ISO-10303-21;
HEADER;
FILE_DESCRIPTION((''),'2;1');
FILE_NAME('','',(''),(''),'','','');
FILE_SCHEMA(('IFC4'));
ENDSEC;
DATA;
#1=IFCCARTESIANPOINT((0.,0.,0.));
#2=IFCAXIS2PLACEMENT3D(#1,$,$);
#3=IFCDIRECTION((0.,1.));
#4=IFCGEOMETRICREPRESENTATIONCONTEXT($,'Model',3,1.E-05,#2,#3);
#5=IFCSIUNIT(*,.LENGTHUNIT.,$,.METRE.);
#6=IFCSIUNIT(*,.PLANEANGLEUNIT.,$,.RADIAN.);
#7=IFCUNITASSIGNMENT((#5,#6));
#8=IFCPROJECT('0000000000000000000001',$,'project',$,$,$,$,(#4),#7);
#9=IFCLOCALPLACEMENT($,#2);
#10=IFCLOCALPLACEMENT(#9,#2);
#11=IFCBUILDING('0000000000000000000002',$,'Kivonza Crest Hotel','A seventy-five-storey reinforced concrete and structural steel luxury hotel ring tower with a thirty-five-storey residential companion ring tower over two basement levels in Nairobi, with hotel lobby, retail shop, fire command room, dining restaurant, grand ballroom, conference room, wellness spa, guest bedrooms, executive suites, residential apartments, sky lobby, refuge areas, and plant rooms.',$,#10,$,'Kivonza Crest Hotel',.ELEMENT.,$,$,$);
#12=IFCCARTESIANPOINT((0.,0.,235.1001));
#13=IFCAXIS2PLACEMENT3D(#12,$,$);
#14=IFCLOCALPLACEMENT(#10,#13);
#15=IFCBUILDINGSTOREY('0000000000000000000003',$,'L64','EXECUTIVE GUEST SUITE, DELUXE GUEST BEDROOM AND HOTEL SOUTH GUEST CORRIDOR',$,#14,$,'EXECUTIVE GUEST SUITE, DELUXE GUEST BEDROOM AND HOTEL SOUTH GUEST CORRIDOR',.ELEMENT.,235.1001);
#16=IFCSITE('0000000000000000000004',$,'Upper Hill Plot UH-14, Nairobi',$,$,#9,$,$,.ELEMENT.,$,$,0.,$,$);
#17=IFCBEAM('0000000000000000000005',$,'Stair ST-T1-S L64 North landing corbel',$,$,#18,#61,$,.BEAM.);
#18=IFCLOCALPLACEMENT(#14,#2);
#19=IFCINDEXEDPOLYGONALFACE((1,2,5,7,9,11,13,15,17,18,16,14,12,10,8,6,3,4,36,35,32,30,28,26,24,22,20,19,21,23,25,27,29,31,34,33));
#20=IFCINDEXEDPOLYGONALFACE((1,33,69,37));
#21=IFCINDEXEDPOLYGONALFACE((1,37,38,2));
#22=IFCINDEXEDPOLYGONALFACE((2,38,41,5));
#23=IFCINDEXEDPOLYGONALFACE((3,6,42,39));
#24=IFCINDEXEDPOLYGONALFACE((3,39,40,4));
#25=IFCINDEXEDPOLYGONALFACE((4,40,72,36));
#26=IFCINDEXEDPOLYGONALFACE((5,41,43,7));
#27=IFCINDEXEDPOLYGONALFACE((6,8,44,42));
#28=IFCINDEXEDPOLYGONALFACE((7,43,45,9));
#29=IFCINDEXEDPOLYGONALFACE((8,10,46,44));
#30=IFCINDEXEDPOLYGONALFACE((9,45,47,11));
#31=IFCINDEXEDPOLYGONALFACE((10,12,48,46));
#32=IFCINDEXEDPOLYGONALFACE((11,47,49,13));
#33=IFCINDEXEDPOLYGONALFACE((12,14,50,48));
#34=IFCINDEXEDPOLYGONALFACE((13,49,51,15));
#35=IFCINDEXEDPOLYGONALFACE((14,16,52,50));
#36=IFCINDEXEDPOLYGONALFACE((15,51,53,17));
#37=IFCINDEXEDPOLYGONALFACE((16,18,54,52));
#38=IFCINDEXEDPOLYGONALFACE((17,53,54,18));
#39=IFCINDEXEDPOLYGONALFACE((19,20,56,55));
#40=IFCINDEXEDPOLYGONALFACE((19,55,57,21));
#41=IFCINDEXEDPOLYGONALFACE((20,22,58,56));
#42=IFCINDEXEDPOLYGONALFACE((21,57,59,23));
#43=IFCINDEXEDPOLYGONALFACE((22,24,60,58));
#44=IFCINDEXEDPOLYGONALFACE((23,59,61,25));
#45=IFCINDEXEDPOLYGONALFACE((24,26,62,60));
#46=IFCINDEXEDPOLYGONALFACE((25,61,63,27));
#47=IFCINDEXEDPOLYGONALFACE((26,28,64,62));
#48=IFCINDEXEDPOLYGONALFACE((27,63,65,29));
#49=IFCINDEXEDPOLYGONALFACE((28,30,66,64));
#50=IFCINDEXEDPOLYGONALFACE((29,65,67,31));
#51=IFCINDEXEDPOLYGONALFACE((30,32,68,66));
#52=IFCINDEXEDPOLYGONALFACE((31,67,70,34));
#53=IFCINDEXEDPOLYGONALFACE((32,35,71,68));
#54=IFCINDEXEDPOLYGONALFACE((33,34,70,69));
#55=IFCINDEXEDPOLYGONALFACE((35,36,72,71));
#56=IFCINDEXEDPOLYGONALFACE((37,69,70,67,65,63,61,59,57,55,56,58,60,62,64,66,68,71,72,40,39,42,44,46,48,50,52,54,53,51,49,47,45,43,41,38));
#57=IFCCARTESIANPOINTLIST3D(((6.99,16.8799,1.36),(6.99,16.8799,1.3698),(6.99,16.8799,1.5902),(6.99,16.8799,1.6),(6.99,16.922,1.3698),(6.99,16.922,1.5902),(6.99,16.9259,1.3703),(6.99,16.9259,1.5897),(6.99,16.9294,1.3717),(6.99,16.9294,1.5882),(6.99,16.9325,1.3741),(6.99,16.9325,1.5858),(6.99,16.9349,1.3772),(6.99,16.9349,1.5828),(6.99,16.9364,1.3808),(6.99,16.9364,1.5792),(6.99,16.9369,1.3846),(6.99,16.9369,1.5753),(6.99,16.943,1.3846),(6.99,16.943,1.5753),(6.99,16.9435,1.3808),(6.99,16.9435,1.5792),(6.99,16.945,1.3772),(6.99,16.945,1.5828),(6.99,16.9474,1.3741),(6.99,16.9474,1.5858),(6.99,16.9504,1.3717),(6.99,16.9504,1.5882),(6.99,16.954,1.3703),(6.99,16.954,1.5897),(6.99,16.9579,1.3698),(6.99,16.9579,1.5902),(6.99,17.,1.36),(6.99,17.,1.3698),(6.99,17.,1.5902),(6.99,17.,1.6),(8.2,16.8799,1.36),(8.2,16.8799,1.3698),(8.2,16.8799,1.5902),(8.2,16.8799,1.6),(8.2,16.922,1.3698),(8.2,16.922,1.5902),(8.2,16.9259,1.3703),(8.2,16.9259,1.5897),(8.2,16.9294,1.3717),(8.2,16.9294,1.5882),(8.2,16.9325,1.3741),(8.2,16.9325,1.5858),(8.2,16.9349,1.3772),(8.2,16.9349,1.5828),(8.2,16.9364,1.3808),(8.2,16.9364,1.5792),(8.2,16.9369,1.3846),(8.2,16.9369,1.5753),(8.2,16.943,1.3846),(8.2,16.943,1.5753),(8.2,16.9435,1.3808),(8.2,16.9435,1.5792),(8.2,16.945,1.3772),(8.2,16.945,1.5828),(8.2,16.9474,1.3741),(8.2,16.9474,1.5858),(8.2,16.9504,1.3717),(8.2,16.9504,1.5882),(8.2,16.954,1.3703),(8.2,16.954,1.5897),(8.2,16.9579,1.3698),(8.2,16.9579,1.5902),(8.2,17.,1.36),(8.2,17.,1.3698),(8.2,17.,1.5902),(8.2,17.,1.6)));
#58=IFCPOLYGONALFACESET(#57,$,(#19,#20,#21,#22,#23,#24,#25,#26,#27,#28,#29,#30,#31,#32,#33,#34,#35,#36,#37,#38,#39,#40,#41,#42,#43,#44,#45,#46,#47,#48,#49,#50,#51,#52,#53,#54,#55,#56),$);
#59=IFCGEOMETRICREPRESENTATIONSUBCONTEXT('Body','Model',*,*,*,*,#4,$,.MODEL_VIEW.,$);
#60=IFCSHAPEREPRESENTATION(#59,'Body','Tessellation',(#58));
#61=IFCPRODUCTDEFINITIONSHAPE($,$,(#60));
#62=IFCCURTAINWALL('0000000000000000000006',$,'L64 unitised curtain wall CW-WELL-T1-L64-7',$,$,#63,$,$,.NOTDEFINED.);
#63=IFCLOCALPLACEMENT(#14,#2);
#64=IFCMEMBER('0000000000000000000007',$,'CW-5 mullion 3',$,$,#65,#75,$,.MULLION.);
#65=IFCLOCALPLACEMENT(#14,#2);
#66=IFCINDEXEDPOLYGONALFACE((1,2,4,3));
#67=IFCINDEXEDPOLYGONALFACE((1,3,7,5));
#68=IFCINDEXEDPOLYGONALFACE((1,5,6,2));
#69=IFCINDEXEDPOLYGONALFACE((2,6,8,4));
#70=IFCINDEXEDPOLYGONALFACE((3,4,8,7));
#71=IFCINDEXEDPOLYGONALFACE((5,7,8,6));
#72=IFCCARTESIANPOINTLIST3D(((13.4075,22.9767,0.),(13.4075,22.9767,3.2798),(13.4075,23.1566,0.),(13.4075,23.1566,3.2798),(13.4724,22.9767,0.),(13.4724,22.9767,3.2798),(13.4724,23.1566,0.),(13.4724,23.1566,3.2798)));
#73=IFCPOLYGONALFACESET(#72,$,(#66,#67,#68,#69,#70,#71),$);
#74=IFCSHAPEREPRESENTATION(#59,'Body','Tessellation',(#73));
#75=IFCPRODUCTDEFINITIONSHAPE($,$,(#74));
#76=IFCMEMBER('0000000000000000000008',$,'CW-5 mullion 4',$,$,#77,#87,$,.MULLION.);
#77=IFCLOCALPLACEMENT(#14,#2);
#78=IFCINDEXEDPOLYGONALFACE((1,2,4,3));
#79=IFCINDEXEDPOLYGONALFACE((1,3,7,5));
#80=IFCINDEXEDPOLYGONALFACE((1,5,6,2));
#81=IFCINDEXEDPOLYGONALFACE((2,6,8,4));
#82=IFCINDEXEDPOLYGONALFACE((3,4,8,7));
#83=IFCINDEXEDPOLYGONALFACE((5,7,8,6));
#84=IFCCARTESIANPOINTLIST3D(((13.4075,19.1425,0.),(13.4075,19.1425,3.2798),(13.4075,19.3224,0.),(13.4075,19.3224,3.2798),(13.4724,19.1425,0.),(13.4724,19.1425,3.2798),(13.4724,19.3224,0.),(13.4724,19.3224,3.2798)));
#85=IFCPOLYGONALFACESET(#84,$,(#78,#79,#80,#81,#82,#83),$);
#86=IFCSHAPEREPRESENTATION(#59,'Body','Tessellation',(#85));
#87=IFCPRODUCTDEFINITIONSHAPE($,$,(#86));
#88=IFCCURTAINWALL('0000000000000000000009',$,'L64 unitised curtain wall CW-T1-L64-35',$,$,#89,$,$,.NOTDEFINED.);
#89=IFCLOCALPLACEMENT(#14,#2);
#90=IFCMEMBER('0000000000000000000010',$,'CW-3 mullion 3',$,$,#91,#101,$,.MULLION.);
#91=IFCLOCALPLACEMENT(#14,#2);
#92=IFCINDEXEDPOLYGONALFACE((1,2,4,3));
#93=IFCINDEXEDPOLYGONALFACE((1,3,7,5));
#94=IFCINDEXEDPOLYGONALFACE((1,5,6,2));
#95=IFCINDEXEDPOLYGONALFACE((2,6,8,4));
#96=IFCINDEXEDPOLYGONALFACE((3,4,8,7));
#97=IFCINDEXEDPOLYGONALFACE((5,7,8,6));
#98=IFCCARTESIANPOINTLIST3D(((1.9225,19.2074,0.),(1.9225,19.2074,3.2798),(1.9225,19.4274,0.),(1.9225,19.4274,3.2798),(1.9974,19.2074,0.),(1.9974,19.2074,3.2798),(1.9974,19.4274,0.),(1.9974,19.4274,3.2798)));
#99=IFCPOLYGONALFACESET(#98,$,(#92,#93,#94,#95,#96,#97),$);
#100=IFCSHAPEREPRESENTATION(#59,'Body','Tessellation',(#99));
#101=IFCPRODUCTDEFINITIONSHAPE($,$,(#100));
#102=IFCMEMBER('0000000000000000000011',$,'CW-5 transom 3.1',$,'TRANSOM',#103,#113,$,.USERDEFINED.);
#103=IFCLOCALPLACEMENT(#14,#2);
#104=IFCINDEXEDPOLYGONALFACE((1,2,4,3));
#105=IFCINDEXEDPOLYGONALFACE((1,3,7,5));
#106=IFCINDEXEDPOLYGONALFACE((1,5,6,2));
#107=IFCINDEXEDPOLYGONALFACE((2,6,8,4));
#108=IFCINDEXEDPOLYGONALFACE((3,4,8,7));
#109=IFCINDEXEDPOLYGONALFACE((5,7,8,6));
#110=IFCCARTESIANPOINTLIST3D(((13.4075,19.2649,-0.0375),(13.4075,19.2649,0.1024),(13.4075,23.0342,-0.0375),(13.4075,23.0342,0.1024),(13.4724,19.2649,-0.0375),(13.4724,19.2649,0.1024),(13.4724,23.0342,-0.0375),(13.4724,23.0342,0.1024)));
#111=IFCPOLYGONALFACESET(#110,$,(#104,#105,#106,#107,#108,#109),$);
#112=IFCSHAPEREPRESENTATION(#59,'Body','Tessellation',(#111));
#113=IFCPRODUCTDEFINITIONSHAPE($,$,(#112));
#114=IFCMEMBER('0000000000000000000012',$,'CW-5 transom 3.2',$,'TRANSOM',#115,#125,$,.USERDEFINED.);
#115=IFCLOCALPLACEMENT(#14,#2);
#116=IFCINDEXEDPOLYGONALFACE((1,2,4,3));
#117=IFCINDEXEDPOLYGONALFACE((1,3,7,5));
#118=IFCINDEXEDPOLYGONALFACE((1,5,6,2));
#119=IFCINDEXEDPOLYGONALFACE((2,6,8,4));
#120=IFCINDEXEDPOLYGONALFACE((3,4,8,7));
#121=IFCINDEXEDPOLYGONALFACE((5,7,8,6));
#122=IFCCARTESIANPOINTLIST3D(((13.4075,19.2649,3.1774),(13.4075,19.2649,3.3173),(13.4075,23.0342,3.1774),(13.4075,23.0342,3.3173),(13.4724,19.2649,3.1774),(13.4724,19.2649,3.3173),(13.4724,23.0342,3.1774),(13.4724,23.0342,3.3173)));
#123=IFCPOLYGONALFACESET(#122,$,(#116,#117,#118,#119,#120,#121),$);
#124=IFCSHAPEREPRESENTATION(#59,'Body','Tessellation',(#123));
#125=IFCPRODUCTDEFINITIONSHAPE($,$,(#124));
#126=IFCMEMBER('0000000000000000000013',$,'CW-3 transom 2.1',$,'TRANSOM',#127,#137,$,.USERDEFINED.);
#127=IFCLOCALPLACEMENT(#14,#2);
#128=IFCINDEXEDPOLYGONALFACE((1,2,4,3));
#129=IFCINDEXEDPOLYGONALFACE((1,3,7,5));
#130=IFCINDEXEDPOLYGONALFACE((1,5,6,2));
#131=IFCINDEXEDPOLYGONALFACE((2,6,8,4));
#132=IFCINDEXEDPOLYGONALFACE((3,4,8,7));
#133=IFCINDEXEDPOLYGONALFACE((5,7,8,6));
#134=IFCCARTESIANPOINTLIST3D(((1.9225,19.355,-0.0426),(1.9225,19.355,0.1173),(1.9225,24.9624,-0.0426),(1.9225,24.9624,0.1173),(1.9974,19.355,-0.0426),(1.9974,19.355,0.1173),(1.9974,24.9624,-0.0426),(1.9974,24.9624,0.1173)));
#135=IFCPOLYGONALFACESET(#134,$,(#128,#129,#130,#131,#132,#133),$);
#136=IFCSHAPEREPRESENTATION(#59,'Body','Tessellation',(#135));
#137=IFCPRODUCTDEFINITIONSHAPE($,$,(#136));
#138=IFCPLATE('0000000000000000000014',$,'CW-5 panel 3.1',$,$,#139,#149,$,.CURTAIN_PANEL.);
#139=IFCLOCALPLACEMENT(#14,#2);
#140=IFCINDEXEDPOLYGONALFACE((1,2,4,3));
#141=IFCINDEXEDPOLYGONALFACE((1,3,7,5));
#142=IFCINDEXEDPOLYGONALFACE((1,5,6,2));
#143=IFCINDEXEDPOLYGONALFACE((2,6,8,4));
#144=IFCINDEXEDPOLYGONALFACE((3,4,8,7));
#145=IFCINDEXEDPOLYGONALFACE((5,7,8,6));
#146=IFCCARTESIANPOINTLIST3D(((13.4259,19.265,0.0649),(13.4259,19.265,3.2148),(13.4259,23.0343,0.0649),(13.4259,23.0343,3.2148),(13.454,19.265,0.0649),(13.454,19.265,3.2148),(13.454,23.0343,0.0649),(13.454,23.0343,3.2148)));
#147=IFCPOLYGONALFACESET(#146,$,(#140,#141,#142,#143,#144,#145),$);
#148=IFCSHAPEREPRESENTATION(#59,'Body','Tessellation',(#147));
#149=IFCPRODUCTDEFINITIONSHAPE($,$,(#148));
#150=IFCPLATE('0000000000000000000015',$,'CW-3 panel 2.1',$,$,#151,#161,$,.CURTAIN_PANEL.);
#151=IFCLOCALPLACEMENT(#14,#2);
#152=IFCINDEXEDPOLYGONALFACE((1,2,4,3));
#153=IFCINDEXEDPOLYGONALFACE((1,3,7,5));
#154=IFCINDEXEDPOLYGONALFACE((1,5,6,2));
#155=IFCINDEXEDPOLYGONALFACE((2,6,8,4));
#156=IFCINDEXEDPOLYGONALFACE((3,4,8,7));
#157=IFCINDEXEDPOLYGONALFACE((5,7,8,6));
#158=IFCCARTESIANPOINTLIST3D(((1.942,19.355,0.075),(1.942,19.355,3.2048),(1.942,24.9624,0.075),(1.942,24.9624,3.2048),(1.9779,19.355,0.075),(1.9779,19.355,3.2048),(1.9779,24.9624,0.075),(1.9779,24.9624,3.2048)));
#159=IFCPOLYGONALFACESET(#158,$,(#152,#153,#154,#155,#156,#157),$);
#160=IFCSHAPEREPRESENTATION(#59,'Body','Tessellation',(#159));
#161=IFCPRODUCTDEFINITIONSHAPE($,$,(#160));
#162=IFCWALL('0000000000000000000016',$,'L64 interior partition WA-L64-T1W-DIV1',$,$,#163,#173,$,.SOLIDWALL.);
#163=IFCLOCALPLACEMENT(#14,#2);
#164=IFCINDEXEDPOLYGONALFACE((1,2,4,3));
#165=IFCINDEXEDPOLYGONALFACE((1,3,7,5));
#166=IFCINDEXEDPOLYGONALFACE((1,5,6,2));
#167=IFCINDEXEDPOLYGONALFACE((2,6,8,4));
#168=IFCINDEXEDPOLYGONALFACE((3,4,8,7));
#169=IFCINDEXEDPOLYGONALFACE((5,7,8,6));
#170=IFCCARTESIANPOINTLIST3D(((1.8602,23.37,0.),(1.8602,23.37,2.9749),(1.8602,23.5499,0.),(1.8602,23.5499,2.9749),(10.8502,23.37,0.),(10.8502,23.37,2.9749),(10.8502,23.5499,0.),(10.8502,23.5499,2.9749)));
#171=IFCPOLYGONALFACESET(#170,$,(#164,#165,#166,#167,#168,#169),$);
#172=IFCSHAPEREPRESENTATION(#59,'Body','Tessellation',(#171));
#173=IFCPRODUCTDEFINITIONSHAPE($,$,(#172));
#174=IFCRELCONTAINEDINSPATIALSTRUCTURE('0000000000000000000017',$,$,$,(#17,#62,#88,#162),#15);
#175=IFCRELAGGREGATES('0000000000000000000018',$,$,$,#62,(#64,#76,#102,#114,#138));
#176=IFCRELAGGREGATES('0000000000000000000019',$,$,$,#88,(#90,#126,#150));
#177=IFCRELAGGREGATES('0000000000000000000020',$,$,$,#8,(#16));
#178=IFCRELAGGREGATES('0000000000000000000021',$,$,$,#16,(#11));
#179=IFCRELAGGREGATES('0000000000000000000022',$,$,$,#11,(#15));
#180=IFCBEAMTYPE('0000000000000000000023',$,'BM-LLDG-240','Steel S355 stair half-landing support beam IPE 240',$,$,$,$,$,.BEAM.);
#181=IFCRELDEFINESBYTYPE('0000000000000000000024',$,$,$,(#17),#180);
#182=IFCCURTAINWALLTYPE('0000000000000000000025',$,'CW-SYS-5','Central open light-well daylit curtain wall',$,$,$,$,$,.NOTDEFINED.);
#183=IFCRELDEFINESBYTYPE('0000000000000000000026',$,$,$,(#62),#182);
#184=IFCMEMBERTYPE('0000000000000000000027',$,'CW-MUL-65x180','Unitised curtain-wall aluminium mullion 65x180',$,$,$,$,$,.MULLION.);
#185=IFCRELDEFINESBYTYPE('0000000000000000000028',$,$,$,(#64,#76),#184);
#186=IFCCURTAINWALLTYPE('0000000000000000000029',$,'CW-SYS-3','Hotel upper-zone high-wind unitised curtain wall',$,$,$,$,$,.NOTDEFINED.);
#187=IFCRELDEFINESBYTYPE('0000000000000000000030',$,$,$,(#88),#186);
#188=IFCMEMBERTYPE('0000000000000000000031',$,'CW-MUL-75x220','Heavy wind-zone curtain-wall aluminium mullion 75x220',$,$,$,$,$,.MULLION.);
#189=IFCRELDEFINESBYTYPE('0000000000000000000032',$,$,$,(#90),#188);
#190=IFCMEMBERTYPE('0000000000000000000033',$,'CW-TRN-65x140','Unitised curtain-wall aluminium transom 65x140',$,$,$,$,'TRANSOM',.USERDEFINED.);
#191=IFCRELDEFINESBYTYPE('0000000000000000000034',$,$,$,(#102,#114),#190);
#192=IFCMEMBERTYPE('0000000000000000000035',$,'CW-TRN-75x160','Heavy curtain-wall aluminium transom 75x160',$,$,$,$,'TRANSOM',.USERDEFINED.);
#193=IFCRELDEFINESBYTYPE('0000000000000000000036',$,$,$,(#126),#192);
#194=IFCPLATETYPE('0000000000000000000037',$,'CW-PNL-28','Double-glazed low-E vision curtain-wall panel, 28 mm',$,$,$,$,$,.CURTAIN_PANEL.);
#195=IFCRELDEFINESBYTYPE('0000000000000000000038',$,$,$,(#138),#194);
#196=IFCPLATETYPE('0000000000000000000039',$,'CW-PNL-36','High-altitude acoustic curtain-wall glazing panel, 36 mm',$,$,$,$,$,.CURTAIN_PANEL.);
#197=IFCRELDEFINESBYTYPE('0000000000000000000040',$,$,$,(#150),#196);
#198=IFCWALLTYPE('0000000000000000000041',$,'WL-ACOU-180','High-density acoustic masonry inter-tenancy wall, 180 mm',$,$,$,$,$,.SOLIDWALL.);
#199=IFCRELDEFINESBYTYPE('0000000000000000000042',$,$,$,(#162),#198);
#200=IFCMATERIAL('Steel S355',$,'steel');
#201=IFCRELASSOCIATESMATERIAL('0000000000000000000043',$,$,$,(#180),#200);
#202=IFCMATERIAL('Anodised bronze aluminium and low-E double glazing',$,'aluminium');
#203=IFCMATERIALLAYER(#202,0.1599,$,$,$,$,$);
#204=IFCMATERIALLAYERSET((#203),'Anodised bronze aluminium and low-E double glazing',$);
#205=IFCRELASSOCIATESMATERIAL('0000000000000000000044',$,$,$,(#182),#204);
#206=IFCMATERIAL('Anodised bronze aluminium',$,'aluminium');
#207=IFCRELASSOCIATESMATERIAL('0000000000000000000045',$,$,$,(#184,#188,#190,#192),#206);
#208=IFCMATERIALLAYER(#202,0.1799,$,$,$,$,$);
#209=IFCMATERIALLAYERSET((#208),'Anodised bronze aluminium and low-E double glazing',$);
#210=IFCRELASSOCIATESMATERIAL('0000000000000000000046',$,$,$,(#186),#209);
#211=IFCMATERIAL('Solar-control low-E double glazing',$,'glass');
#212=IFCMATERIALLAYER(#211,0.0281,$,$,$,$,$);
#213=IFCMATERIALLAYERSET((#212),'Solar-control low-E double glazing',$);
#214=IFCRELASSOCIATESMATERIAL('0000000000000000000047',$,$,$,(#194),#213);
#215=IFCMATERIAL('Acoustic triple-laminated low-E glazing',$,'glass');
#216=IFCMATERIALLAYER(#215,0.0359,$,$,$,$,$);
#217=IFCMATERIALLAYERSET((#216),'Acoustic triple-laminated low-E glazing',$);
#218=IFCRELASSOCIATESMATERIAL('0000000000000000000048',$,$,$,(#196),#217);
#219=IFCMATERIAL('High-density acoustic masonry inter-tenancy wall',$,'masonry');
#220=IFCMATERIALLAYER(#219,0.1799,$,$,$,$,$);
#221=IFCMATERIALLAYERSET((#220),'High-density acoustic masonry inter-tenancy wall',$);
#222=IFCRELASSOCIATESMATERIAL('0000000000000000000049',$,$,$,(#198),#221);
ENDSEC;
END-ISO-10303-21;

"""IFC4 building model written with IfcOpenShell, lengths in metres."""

from ifc_helpers import new_model, si_unit, direction, frame, frame_2d, origin, origin_2d, place, context, subcontext, project, spatial, rectangle, i_section, extrude, material, layer, layer_set, material_profile, profile_set, type_object, element, aggregate, save


model = new_model("IFC4")

# Units and contexts
model_context = context("Model", 3, precision=1e-05, world=origin(), true_north=direction((0.0, 1.0)))
body_context = subcontext(model_context, "Body", "Model", "MODEL_VIEW")
ifc_project = project(units=[si_unit("LENGTHUNIT", "METRE"), si_unit("PLANEANGLEUNIT", "RADIAN")], contexts=[model_context])

# Site, building, storey
site_placement = place(None, origin())
site = spatial("IfcSite", under=ifc_project, at=site_placement, Name="Upper Hill Plot UH-14, Nairobi", CompositionType="ELEMENT", RefElevation=0.0)
building_placement = place(site_placement, origin())
building = spatial("IfcBuilding", under=site, at=building_placement, Name="Kivonza Crest Hotel", Description="A seventy-five-storey reinforced concrete and structural steel luxury hotel ring tower with a thirty-five-storey residential companion ring tower over two basement levels in Nairobi, with hotel lobby, retail shop, fire command room, dining restaurant, grand ballroom, conference room, wellness spa, guest bedrooms, executive suites, residential apartments, sky lobby, refuge areas, and plant rooms.", LongName="Kivonza Crest Hotel", CompositionType="ELEMENT")
storey_placement = place(building_placement, frame((0.0, 0.0, 235.1001)))
storey = spatial("IfcBuildingStorey", under=building, at=storey_placement, Name="L64", Description="EXECUTIVE GUEST SUITE, DELUXE GUEST BEDROOM AND HOTEL SOUTH GUEST CORRIDOR", LongName="EXECUTIVE GUEST SUITE, DELUXE GUEST BEDROOM AND HOTEL SOUTH GUEST CORRIDOR", CompositionType="ELEMENT", Elevation=235.1001)

# Beam
ifc_material_1 = material(Name="Steel S355", Category="steel")
ifc_material_profile_1 = material_profile(ifc_material_1, i_section(OverallWidth=0.1201, OverallDepth=0.24, WebThickness=0.0061, FlangeThickness=0.0098, FilletRadius=0.0149, at=origin_2d()), Name="IPE 240")
ifc_profile_set_1 = profile_set([ifc_material_profile_1], Name="Steel S355")
beam_type_1 = type_object("IfcBeamType", Name="BM-LLDG-240", Description="Steel S355 stair half-landing support beam IPE 240", PredefinedType="BEAM", material=ifc_profile_set_1)
for number, where, z_axis, x_axis, name in (
    (1, (6.99, 16.9399, 1.48), (1.0, 0.0, 0.0), (0.0, 1.0, 0.0), "Stair ST-T1-S L64 North landing corbel"),
):
    element("IfcBeam", number, at=place(storey_placement, frame(where, z_axis=z_axis, x_axis=x_axis)), inside=storey, type_object=beam_type_1, Name=name, PredefinedType="BEAM", context=body_context, shape_type="SweptSolid", body=[
        extrude(i_section(OverallWidth=0.1201, OverallDepth=0.24, WebThickness=0.0061, FlangeThickness=0.0098, FilletRadius=0.0149, at=origin_2d()), origin(), (0.0, 0.0, 1.0), 1.21),
    ])

# Curtain wall, members
ifc_material_2 = material(Name="Anodised bronze aluminium and low-E double glazing", Category="aluminium")
ifc_layer_1 = layer(ifc_material_2, 0.1599)
ifc_layer_set_1 = layer_set([ifc_layer_1], Name="Anodised bronze aluminium and low-E double glazing")
curtain_wall_type_1 = type_object("IfcCurtainWallType", Name="CW-SYS-5", Description="Central open light-well daylit curtain wall", PredefinedType="NOTDEFINED", material=ifc_layer_set_1)
curtain_wall_1_placement = place(storey_placement, origin())
curtain_wall_1 = element("IfcCurtainWall", 2, at=curtain_wall_1_placement, inside=storey, type_object=curtain_wall_type_1, Name="L64 unitised curtain wall CW-WELL-T1-L64-7", PredefinedType="NOTDEFINED")
ifc_material_3 = material(Name="Anodised bronze aluminium", Category="aluminium")
ifc_material_profile_2 = material_profile(ifc_material_3, rectangle(XDim=0.0649, YDim=0.1799, at=origin_2d()), Name="CW-M 65x180")
ifc_profile_set_2 = profile_set([ifc_material_profile_2], Name="Anodised bronze aluminium")
member_type_1 = type_object("IfcMemberType", Name="CW-MUL-65x180", Description="Unitised curtain-wall aluminium mullion 65x180", PredefinedType="MULLION", material=ifc_profile_set_2)
member_1_placement = place(storey_placement, frame((13.4399, 23.0667, 0.0), z_axis=(0.0, 0.0, 1.0), x_axis=(1.0, 0.0, 0.0)))
member_1 = element("IfcMember", 3, at=member_1_placement, type_object=member_type_1, Name="CW-5 mullion 3", PredefinedType="MULLION", context=body_context, shape_type="SweptSolid", body=[
    extrude(rectangle(XDim=0.0649, YDim=0.1799, at=origin_2d()), origin(), (0.0, 0.0, 1.0), 3.2798),
])
member_2_placement = place(storey_placement, frame((13.4399, 19.2324, 0.0), z_axis=(0.0, 0.0, 1.0), x_axis=(1.0, 0.0, 0.0)))
member_2 = element("IfcMember", 4, at=member_2_placement, type_object=member_type_1, Name="CW-5 mullion 4", PredefinedType="MULLION", context=body_context, shape_type="SweptSolid", body=[
    extrude(rectangle(XDim=0.0649, YDim=0.1799, at=origin_2d()), origin(), (0.0, 0.0, 1.0), 3.2798),
])

# Curtain wall, member
ifc_layer_2 = layer(ifc_material_2, 0.1799)
ifc_layer_set_2 = layer_set([ifc_layer_2], Name="Anodised bronze aluminium and low-E double glazing")
curtain_wall_type_2 = type_object("IfcCurtainWallType", Name="CW-SYS-3", Description="Hotel upper-zone high-wind unitised curtain wall", PredefinedType="NOTDEFINED", material=ifc_layer_set_2)
curtain_wall_2_placement = place(storey_placement, origin())
curtain_wall_2 = element("IfcCurtainWall", 5, at=curtain_wall_2_placement, inside=storey, type_object=curtain_wall_type_2, Name="L64 unitised curtain wall CW-T1-L64-35", PredefinedType="NOTDEFINED")
ifc_material_profile_3 = material_profile(ifc_material_3, rectangle(XDim=0.075, YDim=0.22, at=origin_2d()), Name="CW-M 75x220")
ifc_profile_set_3 = profile_set([ifc_material_profile_3], Name="Anodised bronze aluminium")
member_type_2 = type_object("IfcMemberType", Name="CW-MUL-75x220", Description="Heavy wind-zone curtain-wall aluminium mullion 75x220", PredefinedType="MULLION", material=ifc_profile_set_3)
member_3_placement = place(storey_placement, frame((1.96, 19.3174, 0.0), z_axis=(0.0, 0.0, 1.0), x_axis=(1.0, 0.0, 0.0)))
member_3 = element("IfcMember", 6, at=member_3_placement, type_object=member_type_2, Name="CW-3 mullion 3", PredefinedType="MULLION", context=body_context, shape_type="SweptSolid", body=[
    extrude(rectangle(XDim=0.075, YDim=0.22, at=origin_2d()), origin(), (0.0, 0.0, 1.0), 3.2798),
])

# Members
ifc_material_profile_4 = material_profile(ifc_material_3, rectangle(XDim=0.0649, YDim=0.1399, at=origin_2d()), Name="CW-T 65x140")
ifc_profile_set_4 = profile_set([ifc_material_profile_4], Name="Anodised bronze aluminium")
member_type_3 = type_object("IfcMemberType", Name="CW-TRN-65x140", Description="Unitised curtain-wall aluminium transom 65x140", ElementType="TRANSOM", PredefinedType="USERDEFINED", material=ifc_profile_set_4)
member_4_placement = place(storey_placement, frame((13.4399, 23.0342, 0.0325), z_axis=(0.0, -1.0, 0.0), x_axis=(1.0, 0.0, 0.0)))
member_4 = element("IfcMember", 7, at=member_4_placement, type_object=member_type_3, Name="CW-5 transom 3.1", ObjectType="TRANSOM", PredefinedType="USERDEFINED", context=body_context, shape_type="SweptSolid", body=[
    extrude(rectangle(XDim=0.0649, YDim=0.1399, at=origin_2d()), origin(), (0.0, 0.0, 1.0), 3.7693),
])
member_5_placement = place(storey_placement, frame((13.4399, 23.0342, 3.2473), z_axis=(0.0, -1.0, 0.0), x_axis=(1.0, 0.0, 0.0)))
member_5 = element("IfcMember", 8, at=member_5_placement, type_object=member_type_3, Name="CW-5 transom 3.2", ObjectType="TRANSOM", PredefinedType="USERDEFINED", context=body_context, shape_type="SweptSolid", body=[
    extrude(rectangle(XDim=0.0649, YDim=0.1399, at=origin_2d()), origin(), (0.0, 0.0, 1.0), 3.7693),
])
ifc_material_profile_5 = material_profile(ifc_material_3, rectangle(XDim=0.075, YDim=0.1599, at=origin_2d()), Name="CW-T 75x160")
ifc_profile_set_5 = profile_set([ifc_material_profile_5], Name="Anodised bronze aluminium")
member_type_4 = type_object("IfcMemberType", Name="CW-TRN-75x160", Description="Heavy curtain-wall aluminium transom 75x160", ElementType="TRANSOM", PredefinedType="USERDEFINED", material=ifc_profile_set_5)
member_6_placement = place(storey_placement, frame((1.96, 24.9624, 0.0374), z_axis=(0.0, -1.0, 0.0), x_axis=(1.0, 0.0, 0.0)))
member_6 = element("IfcMember", 9, at=member_6_placement, type_object=member_type_4, Name="CW-3 transom 2.1", ObjectType="TRANSOM", PredefinedType="USERDEFINED", context=body_context, shape_type="SweptSolid", body=[
    extrude(rectangle(XDim=0.075, YDim=0.1599, at=origin_2d()), origin(), (0.0, 0.0, 1.0), 5.6074),
])

# Plates
ifc_material_4 = material(Name="Solar-control low-E double glazing", Category="glass")
ifc_layer_3 = layer(ifc_material_4, 0.0281)
ifc_layer_set_3 = layer_set([ifc_layer_3], Name="Solar-control low-E double glazing")
plate_type_1 = type_object("IfcPlateType", Name="CW-PNL-28", Description="Double-glazed low-E vision curtain-wall panel, 28 mm", PredefinedType="CURTAIN_PANEL", material=ifc_layer_set_3)
plate_1_placement = place(storey_placement, frame((13.4399, 21.1497, 0.0649), z_axis=(0.0, 0.0, 1.0), x_axis=(0.0, -1.0, 0.0)))
plate_1 = element("IfcPlate", 10, at=plate_1_placement, type_object=plate_type_1, Name="CW-5 panel 3.1", PredefinedType="CURTAIN_PANEL", context=body_context, shape_type="SweptSolid", body=[
    extrude(rectangle(XDim=3.7693, YDim=0.0281, at=origin_2d()), origin(), (0.0, 0.0, 1.0), 3.1499),
])
aggregate(curtain_wall_1, [member_1, member_2, member_4, member_5, plate_1])
ifc_material_5 = material(Name="Acoustic triple-laminated low-E glazing", Category="glass")
ifc_layer_4 = layer(ifc_material_5, 0.0359)
ifc_layer_set_4 = layer_set([ifc_layer_4], Name="Acoustic triple-laminated low-E glazing")
plate_type_2 = type_object("IfcPlateType", Name="CW-PNL-36", Description="High-altitude acoustic curtain-wall glazing panel, 36 mm", PredefinedType="CURTAIN_PANEL", material=ifc_layer_set_4)
plate_2_placement = place(storey_placement, frame((1.96, 22.1587, 0.075), z_axis=(0.0, 0.0, 1.0), x_axis=(0.0, -1.0, 0.0)))
plate_2 = element("IfcPlate", 11, at=plate_2_placement, type_object=plate_type_2, Name="CW-3 panel 2.1", PredefinedType="CURTAIN_PANEL", context=body_context, shape_type="SweptSolid", body=[
    extrude(rectangle(XDim=5.6074, YDim=0.0359, at=origin_2d()), origin(), (0.0, 0.0, 1.0), 3.1299),
])
aggregate(curtain_wall_2, [member_3, member_6, plate_2])

# Wall
ifc_material_6 = material(Name="High-density acoustic masonry inter-tenancy wall", Category="masonry")
ifc_layer_5 = layer(ifc_material_6, 0.1799)
ifc_layer_set_5 = layer_set([ifc_layer_5], Name="High-density acoustic masonry inter-tenancy wall")
wall_type_1 = type_object("IfcWallType", Name="WL-ACOU-180", Description="High-density acoustic masonry inter-tenancy wall, 180 mm", PredefinedType="SOLIDWALL", material=ifc_layer_set_5)
wall_1_placement = place(storey_placement, frame((1.8601, 23.46, 0.0), z_axis=(0.0, 0.0, 1.0), x_axis=(1.0, 0.0, 0.0)))
element("IfcWall", 12, at=wall_1_placement, inside=storey, type_object=wall_type_1, Name="L64 interior partition WA-L64-T1W-DIV1", PredefinedType="SOLIDWALL", context=body_context, shape_type="SweptSolid", body=[
    extrude(rectangle(XDim=8.99, YDim=0.1799, at=frame_2d((4.4951, 0.0))), origin(), (0.0, 0.0, 1.0), 2.9749),
])

save(model, "model.ifc")
